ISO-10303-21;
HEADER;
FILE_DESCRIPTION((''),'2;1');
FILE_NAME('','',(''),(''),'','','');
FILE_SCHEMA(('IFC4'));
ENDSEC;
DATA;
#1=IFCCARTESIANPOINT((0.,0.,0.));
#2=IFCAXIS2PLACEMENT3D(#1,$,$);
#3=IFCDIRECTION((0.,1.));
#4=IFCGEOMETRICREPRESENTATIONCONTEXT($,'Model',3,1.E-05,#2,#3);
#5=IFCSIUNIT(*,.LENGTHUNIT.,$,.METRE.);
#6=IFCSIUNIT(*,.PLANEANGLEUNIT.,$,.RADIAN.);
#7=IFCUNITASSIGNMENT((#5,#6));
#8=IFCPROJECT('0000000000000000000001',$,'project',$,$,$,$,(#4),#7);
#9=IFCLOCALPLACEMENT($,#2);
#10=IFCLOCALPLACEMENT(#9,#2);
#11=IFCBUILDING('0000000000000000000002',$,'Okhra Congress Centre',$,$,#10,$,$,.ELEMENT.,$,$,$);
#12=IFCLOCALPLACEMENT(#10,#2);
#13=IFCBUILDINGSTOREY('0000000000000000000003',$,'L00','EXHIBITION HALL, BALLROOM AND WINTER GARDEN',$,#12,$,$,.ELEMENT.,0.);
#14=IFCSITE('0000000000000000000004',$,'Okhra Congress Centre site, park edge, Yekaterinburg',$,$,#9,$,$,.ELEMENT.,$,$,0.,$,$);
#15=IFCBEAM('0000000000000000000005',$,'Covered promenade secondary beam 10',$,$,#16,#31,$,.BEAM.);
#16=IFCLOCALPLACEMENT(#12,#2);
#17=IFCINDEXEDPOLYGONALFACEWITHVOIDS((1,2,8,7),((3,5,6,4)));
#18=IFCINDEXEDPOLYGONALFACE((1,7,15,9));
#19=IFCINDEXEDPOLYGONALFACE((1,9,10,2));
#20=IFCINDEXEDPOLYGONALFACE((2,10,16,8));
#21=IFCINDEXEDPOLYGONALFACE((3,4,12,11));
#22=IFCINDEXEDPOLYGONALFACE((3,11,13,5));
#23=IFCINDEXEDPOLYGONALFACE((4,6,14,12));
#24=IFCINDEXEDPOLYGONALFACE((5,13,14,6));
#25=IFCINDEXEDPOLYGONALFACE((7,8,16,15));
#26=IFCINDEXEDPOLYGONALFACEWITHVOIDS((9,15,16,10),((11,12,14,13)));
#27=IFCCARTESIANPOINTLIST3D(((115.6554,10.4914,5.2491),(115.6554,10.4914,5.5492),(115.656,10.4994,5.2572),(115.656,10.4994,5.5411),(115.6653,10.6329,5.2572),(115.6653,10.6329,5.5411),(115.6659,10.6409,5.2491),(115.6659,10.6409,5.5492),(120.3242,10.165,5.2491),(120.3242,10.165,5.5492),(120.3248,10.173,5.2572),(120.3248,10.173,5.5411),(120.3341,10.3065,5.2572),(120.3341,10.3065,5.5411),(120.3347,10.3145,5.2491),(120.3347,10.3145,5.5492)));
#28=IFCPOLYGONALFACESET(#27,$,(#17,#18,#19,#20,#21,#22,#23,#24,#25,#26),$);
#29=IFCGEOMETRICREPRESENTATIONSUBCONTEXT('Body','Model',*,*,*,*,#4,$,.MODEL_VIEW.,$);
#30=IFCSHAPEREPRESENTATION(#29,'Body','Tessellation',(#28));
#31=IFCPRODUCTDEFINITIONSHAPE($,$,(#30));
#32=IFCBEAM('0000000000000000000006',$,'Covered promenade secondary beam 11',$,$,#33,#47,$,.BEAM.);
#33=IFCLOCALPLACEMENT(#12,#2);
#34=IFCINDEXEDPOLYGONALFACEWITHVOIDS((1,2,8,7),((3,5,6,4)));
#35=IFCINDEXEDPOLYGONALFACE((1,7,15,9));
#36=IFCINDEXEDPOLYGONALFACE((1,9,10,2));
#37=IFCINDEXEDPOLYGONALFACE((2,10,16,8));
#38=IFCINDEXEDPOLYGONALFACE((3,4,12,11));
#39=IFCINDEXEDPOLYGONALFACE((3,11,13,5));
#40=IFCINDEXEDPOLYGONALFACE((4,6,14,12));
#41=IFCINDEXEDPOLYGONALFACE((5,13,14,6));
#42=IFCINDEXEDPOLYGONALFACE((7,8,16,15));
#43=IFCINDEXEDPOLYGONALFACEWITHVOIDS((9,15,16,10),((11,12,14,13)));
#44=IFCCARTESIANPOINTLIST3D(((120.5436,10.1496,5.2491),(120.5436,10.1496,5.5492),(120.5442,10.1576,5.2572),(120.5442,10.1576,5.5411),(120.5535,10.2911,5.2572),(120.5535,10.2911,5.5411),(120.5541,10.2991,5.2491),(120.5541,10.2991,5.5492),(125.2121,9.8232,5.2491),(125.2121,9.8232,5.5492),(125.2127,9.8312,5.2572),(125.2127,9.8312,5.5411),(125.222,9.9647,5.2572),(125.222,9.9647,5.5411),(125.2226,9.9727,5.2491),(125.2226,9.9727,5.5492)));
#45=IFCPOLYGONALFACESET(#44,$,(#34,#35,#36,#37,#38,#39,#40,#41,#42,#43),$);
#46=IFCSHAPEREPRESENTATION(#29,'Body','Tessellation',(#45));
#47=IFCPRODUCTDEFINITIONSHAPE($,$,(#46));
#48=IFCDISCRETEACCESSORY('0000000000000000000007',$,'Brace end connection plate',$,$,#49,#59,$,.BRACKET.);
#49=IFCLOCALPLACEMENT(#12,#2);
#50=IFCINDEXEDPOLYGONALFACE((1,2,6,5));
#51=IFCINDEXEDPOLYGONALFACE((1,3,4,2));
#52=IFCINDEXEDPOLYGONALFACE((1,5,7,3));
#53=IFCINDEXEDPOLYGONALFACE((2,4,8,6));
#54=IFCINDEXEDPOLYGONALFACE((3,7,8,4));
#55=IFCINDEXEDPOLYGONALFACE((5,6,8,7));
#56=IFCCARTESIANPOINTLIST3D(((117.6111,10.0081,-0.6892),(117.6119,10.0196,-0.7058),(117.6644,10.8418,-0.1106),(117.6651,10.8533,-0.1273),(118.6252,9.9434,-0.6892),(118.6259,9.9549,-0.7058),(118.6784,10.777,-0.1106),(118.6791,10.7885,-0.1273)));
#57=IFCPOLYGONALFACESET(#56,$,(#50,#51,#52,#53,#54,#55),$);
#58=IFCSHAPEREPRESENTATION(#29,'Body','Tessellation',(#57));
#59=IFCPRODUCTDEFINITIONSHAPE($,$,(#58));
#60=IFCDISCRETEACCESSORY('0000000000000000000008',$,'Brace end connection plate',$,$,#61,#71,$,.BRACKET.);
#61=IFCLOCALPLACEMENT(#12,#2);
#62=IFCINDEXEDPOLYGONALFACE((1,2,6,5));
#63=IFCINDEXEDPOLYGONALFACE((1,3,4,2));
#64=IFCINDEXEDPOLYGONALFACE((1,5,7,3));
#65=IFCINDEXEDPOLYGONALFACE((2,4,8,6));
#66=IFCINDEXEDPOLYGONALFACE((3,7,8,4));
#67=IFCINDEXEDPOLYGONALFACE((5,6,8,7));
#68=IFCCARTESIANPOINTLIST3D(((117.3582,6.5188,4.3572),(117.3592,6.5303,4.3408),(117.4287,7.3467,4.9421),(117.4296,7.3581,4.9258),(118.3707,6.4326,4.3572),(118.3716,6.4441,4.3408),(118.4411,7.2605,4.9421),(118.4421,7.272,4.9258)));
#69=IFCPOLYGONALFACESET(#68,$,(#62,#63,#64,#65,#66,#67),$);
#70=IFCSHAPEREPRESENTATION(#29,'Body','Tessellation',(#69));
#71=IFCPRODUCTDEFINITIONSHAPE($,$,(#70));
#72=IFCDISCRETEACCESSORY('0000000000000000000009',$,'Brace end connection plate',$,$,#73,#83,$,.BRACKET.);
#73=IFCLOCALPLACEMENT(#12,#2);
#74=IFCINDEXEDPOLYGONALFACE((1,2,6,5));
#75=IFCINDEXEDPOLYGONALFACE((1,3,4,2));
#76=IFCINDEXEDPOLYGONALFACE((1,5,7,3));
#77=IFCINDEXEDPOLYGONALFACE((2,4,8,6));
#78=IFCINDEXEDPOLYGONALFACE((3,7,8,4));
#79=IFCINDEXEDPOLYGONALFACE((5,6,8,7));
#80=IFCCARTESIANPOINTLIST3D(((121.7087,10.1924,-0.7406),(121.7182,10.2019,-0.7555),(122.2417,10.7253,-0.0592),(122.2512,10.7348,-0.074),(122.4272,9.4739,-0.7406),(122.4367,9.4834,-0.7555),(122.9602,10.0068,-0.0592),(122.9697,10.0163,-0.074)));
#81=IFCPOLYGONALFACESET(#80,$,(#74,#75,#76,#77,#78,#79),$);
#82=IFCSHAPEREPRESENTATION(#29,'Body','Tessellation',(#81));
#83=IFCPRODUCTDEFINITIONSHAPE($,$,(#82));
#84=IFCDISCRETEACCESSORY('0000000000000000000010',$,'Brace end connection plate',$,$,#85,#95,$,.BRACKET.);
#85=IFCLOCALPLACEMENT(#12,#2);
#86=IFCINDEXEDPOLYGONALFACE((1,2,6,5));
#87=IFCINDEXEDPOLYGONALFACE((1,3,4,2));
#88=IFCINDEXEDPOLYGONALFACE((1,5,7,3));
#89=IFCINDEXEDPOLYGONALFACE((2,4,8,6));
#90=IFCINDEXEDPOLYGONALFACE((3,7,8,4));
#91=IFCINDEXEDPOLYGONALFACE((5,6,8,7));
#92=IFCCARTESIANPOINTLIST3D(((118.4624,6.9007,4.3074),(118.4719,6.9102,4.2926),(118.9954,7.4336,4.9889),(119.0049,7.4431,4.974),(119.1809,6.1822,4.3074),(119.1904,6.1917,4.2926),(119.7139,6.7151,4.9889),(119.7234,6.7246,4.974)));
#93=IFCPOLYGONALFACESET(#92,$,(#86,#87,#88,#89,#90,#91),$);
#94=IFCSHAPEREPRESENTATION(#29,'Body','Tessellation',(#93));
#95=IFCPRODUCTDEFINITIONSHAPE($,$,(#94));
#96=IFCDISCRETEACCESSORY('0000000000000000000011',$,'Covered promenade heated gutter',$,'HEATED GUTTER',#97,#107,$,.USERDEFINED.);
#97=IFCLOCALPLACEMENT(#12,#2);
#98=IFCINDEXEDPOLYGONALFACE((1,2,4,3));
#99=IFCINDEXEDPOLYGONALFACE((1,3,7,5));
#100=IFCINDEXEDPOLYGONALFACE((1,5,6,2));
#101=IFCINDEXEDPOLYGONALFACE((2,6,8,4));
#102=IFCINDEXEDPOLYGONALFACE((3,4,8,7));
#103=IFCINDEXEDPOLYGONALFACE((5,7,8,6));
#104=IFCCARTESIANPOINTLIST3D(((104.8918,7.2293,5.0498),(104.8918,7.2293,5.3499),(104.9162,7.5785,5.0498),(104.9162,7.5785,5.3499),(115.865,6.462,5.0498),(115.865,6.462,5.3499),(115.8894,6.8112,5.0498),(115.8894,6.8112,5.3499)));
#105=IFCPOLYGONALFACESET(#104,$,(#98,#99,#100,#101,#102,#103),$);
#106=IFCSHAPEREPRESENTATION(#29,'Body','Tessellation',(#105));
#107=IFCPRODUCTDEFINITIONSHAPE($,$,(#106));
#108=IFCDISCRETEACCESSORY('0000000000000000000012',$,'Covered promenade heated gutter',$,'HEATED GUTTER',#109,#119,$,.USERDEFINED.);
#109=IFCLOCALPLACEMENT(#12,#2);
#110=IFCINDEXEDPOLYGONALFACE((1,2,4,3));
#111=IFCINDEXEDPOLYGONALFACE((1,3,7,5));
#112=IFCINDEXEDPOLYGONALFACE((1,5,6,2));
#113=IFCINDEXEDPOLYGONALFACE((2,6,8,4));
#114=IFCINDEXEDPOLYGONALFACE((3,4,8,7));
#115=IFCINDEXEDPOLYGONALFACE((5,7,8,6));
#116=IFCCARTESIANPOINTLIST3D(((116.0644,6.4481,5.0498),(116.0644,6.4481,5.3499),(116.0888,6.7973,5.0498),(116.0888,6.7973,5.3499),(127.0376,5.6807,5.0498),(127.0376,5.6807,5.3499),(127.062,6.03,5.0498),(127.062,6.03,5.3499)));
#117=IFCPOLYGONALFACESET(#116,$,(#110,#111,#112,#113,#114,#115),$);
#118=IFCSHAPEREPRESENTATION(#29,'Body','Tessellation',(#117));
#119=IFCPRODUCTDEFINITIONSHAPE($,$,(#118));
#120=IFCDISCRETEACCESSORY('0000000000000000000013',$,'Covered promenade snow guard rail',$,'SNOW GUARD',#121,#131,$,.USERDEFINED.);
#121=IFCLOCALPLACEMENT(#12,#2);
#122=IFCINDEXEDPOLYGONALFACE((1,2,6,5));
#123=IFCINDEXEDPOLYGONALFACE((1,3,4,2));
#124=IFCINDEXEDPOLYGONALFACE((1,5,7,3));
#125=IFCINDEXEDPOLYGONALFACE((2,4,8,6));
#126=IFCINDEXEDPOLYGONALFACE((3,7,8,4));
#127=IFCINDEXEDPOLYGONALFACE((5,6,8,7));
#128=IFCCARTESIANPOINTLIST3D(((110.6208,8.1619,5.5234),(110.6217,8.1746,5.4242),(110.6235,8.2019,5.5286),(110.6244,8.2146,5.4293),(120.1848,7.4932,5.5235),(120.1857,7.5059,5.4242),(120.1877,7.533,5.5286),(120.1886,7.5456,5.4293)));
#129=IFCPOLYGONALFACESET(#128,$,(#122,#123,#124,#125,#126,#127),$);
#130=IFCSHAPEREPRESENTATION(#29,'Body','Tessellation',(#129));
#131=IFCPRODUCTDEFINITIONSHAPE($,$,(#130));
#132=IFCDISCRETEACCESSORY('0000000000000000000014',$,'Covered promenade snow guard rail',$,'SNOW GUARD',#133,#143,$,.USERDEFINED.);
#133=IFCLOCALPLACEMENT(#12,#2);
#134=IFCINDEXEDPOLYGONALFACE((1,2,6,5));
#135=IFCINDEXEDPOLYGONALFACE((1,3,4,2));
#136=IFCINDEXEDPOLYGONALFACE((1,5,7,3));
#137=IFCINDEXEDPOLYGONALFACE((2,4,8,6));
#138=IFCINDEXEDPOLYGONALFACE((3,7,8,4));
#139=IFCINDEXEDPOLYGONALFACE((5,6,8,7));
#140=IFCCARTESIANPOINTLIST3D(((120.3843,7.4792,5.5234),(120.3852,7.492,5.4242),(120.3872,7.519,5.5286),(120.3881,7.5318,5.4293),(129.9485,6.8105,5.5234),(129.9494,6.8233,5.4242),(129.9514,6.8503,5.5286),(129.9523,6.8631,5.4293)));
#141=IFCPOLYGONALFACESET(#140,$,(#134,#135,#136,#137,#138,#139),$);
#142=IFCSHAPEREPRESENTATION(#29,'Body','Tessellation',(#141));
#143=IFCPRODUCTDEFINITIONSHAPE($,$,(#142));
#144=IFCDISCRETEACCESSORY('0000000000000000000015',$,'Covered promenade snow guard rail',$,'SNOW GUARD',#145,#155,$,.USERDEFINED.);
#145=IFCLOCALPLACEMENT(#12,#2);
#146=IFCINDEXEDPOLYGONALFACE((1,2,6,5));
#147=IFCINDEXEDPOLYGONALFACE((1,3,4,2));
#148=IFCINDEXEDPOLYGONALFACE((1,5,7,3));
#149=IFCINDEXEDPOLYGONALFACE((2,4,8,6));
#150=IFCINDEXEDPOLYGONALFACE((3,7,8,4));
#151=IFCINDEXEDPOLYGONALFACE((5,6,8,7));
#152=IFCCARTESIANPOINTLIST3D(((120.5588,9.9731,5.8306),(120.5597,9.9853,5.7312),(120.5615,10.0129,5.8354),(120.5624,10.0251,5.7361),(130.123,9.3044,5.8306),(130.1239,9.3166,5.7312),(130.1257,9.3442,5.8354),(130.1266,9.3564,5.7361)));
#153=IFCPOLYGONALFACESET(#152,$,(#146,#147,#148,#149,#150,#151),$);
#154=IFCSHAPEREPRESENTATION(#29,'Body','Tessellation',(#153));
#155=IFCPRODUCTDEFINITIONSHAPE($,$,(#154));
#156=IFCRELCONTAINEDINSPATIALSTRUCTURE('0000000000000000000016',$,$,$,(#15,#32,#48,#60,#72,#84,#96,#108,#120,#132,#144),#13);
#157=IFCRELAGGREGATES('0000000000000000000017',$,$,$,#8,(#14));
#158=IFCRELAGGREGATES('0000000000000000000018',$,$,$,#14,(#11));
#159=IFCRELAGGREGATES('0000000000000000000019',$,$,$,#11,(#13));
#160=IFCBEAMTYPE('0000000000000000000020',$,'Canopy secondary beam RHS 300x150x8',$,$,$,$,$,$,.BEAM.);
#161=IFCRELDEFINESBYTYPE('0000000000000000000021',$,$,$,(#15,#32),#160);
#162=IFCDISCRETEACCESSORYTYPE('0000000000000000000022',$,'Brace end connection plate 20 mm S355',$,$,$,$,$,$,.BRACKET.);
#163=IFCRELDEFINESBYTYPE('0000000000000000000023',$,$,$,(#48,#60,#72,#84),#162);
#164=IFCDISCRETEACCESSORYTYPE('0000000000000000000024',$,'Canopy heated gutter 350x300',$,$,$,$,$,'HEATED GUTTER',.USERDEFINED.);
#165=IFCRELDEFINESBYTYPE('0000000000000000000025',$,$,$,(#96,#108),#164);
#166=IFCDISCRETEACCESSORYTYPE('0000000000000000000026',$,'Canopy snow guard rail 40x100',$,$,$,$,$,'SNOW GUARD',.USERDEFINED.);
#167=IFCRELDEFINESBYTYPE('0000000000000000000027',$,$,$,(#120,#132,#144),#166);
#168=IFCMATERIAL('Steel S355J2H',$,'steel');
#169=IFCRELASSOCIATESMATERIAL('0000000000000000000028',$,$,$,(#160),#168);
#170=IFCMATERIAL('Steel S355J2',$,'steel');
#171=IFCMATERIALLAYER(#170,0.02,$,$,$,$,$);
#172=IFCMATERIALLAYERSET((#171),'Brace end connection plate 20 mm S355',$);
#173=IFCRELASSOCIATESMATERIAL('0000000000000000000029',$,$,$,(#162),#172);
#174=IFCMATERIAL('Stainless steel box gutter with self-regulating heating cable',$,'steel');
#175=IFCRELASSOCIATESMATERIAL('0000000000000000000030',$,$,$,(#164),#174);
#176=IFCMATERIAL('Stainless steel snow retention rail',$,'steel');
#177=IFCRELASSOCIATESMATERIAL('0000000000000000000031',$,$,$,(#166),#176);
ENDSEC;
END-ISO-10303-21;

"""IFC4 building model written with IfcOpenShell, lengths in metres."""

from ifc_helpers import new_model, si_unit, direction, frame, origin, origin_2d, place, context, subcontext, project, spatial, polyline, rectangle, hollow_rectangle, outline, extrude, material, layer, layer_set, material_profile, profile_set, type_object, element, save


model = new_model("IFC4")

# Units and contexts
model_context = context("Model", 3, precision=1e-05, world=origin(), true_north=direction((0.0, 1.0)))
body_context = subcontext(model_context, "Body", "Model", "MODEL_VIEW")
ifc_project = project(units=[si_unit("LENGTHUNIT", "METRE"), si_unit("PLANEANGLEUNIT", "RADIAN")], contexts=[model_context])

# Site, building, storey
site_placement = place(None, origin())
site = spatial("IfcSite", under=ifc_project, at=site_placement, Name="Okhra Congress Centre site, park edge, Yekaterinburg", CompositionType="ELEMENT", RefElevation=0.0)
building_placement = place(site_placement, origin())
building = spatial("IfcBuilding", under=site, at=building_placement, Name="Okhra Congress Centre", CompositionType="ELEMENT")
storey_placement = place(building_placement, origin())
storey = spatial("IfcBuildingStorey", under=building, at=storey_placement, Name="L00", Description="EXHIBITION HALL, BALLROOM AND WINTER GARDEN", CompositionType="ELEMENT", Elevation=0.0)

# Shared definitions
ifc_material_1 = material(Name="Steel S355J2H", Category="steel")

# Beams
ifc_material_profile_1 = material_profile(ifc_material_1, hollow_rectangle(XDim=0.1499, YDim=0.3, WallThickness=0.0081, at=origin_2d()), Name="RHS 300x150x8")
ifc_profile_set_1 = profile_set([ifc_material_profile_1], Name="Steel S355J2H")
beam_type_1 = type_object("IfcBeamType", Name="Canopy secondary beam RHS 300x150x8", PredefinedType="BEAM", material=ifc_profile_set_1)
beam_1_placement = place(storey_placement, frame((115.6606, 10.5662, 5.3992), z_axis=(0.997565, -0.069746, 0.0), x_axis=(0.069746, 0.997565, 0.0)))
element("IfcBeam", 1, at=beam_1_placement, inside=storey, type_object=beam_type_1, Name="Covered promenade secondary beam 10", PredefinedType="BEAM", context=body_context, shape_type="SweptSolid", body=[
    extrude(hollow_rectangle(XDim=0.1499, YDim=0.3, WallThickness=0.0081, at=origin_2d()), origin(), (0.0, 0.0, 1.0), 4.6802),
])
beam_2_placement = place(storey_placement, frame((120.5488, 10.2244, 5.3992), z_axis=(0.997565, -0.069749, 0.0), x_axis=(0.069749, 0.997565, 0.0)))
element("IfcBeam", 2, at=beam_2_placement, inside=storey, type_object=beam_type_1, Name="Covered promenade secondary beam 11", PredefinedType="BEAM", context=body_context, shape_type="SweptSolid", body=[
    extrude(hollow_rectangle(XDim=0.1499, YDim=0.3, WallThickness=0.0081, at=origin_2d()), origin(), (0.0, 0.0, 1.0), 4.6799),
])

# Discrete accessories
ifc_material_2 = material(Name="Steel S355J2", Category="steel")
ifc_layer = layer(ifc_material_2, 0.02)
ifc_layer_set = layer_set([ifc_layer], Name="Brace end connection plate 20 mm S355")
discrete_accessory_type_1 = type_object("IfcDiscreteAccessoryType", Name="Brace end connection plate 20 mm S355", PredefinedType="BRACKET", material=ifc_layer_set)
discrete_accessory_1_placement = place(storey_placement, frame((118.1448, 10.3926, -0.3999), z_axis=(0.036269, 0.568207, -0.822086), x_axis=(-0.997969, 0.0637, 0.0)))
element("IfcDiscreteAccessory", 3, at=discrete_accessory_1_placement, inside=storey, type_object=discrete_accessory_type_1, Name="Brace end connection plate", PredefinedType="BRACKET", context=body_context, shape_type="SweptSolid", body=[
    extrude(rectangle(XDim=1.0161, YDim=1.0161, at=origin_2d()), origin(), (0.0, 0.0, 1.0), 0.0203),
])
for number, where, z_axis, x_axis, name in (
    (4, (117.9006, 6.9011, 4.6333), (-0.048817, -0.573597, 0.817681), (0.996398, -0.0848, 0.0), "Brace end connection plate"),
    (5, (122.3345, 10.0996, -0.3999), (0.474236, 0.474236, -0.741754), (-0.707107, 0.707107, 0.0), "Brace end connection plate"),
    (6, (119.0977, 6.8174, 4.6333), (-0.474236, -0.474236, 0.741754), (0.707107, -0.707107, 0.0), "Brace end connection plate"),
):
    element("IfcDiscreteAccessory", number, at=place(storey_placement, frame(where, z_axis=z_axis, x_axis=x_axis)), inside=storey, type_object=discrete_accessory_type_1, Name=name, PredefinedType="BRACKET", context=body_context, shape_type="SweptSolid", body=[
        extrude(rectangle(XDim=1.0161, YDim=1.0161, at=origin_2d()), origin(), (0.0, 0.0, 1.0), 0.02),
    ])
ifc_material_3 = material(Name="Stainless steel box gutter with self-regulating heating cable", Category="steel")
discrete_accessory_type_2 = type_object("IfcDiscreteAccessoryType", Name="Canopy heated gutter 350x300", ElementType="HEATED GUTTER", PredefinedType="USERDEFINED", material=ifc_material_3)
for number, where, z_axis, x_axis, name in (
    (7, (110.3906, 7.0203, 5.0498), (0.0, 0.0, 1.0), (0.997564, -0.069756, 0.0), "Covered promenade heated gutter"),
    (8, (121.5632, 6.239, 5.0498), (0.0, 0.0, 1.0), (0.997564, -0.069756, 0.0), "Covered promenade heated gutter"),
):
    element("IfcDiscreteAccessory", number, at=place(storey_placement, frame(where, z_axis=z_axis, x_axis=x_axis)), inside=storey, type_object=discrete_accessory_type_2, Name=name, ObjectType="HEATED GUTTER", PredefinedType="USERDEFINED", context=body_context, shape_type="SweptSolid", body=[
        extrude(rectangle(XDim=11.0, YDim=0.3501, at=origin_2d()), origin(), (0.0, 0.0, 1.0), 0.3),
    ])
ifc_material_4 = material(Name="Stainless steel snow retention rail", Category="steel")
discrete_accessory_type_3 = type_object("IfcDiscreteAccessoryType", Name="Canopy snow guard rail 40x100", ElementType="SNOW GUARD", PredefinedType="USERDEFINED", material=ifc_material_4)
discrete_accessory_2_placement = place(storey_placement, frame((110.6208, 8.1619, 5.5234), z_axis=(-0.008865, -0.126775, 0.991892), x_axis=(0.997565, -0.069749, 0.000001)))
element("IfcDiscreteAccessory", 9, at=discrete_accessory_2_placement, inside=storey, type_object=discrete_accessory_type_3, Name="Covered promenade snow guard rail", ObjectType="SNOW GUARD", PredefinedType="USERDEFINED", context=body_context, shape_type="SweptSolid", body=[
    extrude(outline(polyline([(0.0, 0.0), (9.5873, 0.0), (9.5875, 0.0402), (-0.0001, 0.0405), (0.0, 0.0)])), origin(), (0.0, 0.0, -1.0), 0.1001),
])
discrete_accessory_3_placement = place(storey_placement, frame((120.3843, 7.4792, 5.5234), z_axis=(-0.008889, -0.12713, 0.991846), x_axis=(0.997565, -0.069747, 0.0)))
element("IfcDiscreteAccessory", 10, at=discrete_accessory_3_placement, inside=storey, type_object=discrete_accessory_type_3, Name="Covered promenade snow guard rail", ObjectType="SNOW GUARD", PredefinedType="USERDEFINED", context=body_context, shape_type="SweptSolid", body=[
    extrude(outline(polyline([(0.0, 0.0), (9.5876, 0.0), (9.5877, 0.0402), (0.0001, 0.0402), (0.0, 0.0)])), origin(), (0.0, 0.0, -1.0), 0.1001),
])
discrete_accessory_4_placement = place(storey_placement, frame((120.5588, 9.9731, 5.8306), z_axis=(-0.008475, -0.121218, 0.99259), x_axis=(0.997565, -0.069747, 0.0)))
element("IfcDiscreteAccessory", 11, at=discrete_accessory_4_placement, inside=storey, type_object=discrete_accessory_type_3, Name="Covered promenade snow guard rail", ObjectType="SNOW GUARD", PredefinedType="USERDEFINED", context=body_context, shape_type="SweptSolid", body=[
    extrude(outline(polyline([(0.0, 0.0), (9.5876, 0.0), (9.5875, 0.0402), (-0.0001, 0.0402), (0.0, 0.0)])), origin(), (0.0, 0.0, -1.0), 0.1001),
])

save(model, "model.ifc")
